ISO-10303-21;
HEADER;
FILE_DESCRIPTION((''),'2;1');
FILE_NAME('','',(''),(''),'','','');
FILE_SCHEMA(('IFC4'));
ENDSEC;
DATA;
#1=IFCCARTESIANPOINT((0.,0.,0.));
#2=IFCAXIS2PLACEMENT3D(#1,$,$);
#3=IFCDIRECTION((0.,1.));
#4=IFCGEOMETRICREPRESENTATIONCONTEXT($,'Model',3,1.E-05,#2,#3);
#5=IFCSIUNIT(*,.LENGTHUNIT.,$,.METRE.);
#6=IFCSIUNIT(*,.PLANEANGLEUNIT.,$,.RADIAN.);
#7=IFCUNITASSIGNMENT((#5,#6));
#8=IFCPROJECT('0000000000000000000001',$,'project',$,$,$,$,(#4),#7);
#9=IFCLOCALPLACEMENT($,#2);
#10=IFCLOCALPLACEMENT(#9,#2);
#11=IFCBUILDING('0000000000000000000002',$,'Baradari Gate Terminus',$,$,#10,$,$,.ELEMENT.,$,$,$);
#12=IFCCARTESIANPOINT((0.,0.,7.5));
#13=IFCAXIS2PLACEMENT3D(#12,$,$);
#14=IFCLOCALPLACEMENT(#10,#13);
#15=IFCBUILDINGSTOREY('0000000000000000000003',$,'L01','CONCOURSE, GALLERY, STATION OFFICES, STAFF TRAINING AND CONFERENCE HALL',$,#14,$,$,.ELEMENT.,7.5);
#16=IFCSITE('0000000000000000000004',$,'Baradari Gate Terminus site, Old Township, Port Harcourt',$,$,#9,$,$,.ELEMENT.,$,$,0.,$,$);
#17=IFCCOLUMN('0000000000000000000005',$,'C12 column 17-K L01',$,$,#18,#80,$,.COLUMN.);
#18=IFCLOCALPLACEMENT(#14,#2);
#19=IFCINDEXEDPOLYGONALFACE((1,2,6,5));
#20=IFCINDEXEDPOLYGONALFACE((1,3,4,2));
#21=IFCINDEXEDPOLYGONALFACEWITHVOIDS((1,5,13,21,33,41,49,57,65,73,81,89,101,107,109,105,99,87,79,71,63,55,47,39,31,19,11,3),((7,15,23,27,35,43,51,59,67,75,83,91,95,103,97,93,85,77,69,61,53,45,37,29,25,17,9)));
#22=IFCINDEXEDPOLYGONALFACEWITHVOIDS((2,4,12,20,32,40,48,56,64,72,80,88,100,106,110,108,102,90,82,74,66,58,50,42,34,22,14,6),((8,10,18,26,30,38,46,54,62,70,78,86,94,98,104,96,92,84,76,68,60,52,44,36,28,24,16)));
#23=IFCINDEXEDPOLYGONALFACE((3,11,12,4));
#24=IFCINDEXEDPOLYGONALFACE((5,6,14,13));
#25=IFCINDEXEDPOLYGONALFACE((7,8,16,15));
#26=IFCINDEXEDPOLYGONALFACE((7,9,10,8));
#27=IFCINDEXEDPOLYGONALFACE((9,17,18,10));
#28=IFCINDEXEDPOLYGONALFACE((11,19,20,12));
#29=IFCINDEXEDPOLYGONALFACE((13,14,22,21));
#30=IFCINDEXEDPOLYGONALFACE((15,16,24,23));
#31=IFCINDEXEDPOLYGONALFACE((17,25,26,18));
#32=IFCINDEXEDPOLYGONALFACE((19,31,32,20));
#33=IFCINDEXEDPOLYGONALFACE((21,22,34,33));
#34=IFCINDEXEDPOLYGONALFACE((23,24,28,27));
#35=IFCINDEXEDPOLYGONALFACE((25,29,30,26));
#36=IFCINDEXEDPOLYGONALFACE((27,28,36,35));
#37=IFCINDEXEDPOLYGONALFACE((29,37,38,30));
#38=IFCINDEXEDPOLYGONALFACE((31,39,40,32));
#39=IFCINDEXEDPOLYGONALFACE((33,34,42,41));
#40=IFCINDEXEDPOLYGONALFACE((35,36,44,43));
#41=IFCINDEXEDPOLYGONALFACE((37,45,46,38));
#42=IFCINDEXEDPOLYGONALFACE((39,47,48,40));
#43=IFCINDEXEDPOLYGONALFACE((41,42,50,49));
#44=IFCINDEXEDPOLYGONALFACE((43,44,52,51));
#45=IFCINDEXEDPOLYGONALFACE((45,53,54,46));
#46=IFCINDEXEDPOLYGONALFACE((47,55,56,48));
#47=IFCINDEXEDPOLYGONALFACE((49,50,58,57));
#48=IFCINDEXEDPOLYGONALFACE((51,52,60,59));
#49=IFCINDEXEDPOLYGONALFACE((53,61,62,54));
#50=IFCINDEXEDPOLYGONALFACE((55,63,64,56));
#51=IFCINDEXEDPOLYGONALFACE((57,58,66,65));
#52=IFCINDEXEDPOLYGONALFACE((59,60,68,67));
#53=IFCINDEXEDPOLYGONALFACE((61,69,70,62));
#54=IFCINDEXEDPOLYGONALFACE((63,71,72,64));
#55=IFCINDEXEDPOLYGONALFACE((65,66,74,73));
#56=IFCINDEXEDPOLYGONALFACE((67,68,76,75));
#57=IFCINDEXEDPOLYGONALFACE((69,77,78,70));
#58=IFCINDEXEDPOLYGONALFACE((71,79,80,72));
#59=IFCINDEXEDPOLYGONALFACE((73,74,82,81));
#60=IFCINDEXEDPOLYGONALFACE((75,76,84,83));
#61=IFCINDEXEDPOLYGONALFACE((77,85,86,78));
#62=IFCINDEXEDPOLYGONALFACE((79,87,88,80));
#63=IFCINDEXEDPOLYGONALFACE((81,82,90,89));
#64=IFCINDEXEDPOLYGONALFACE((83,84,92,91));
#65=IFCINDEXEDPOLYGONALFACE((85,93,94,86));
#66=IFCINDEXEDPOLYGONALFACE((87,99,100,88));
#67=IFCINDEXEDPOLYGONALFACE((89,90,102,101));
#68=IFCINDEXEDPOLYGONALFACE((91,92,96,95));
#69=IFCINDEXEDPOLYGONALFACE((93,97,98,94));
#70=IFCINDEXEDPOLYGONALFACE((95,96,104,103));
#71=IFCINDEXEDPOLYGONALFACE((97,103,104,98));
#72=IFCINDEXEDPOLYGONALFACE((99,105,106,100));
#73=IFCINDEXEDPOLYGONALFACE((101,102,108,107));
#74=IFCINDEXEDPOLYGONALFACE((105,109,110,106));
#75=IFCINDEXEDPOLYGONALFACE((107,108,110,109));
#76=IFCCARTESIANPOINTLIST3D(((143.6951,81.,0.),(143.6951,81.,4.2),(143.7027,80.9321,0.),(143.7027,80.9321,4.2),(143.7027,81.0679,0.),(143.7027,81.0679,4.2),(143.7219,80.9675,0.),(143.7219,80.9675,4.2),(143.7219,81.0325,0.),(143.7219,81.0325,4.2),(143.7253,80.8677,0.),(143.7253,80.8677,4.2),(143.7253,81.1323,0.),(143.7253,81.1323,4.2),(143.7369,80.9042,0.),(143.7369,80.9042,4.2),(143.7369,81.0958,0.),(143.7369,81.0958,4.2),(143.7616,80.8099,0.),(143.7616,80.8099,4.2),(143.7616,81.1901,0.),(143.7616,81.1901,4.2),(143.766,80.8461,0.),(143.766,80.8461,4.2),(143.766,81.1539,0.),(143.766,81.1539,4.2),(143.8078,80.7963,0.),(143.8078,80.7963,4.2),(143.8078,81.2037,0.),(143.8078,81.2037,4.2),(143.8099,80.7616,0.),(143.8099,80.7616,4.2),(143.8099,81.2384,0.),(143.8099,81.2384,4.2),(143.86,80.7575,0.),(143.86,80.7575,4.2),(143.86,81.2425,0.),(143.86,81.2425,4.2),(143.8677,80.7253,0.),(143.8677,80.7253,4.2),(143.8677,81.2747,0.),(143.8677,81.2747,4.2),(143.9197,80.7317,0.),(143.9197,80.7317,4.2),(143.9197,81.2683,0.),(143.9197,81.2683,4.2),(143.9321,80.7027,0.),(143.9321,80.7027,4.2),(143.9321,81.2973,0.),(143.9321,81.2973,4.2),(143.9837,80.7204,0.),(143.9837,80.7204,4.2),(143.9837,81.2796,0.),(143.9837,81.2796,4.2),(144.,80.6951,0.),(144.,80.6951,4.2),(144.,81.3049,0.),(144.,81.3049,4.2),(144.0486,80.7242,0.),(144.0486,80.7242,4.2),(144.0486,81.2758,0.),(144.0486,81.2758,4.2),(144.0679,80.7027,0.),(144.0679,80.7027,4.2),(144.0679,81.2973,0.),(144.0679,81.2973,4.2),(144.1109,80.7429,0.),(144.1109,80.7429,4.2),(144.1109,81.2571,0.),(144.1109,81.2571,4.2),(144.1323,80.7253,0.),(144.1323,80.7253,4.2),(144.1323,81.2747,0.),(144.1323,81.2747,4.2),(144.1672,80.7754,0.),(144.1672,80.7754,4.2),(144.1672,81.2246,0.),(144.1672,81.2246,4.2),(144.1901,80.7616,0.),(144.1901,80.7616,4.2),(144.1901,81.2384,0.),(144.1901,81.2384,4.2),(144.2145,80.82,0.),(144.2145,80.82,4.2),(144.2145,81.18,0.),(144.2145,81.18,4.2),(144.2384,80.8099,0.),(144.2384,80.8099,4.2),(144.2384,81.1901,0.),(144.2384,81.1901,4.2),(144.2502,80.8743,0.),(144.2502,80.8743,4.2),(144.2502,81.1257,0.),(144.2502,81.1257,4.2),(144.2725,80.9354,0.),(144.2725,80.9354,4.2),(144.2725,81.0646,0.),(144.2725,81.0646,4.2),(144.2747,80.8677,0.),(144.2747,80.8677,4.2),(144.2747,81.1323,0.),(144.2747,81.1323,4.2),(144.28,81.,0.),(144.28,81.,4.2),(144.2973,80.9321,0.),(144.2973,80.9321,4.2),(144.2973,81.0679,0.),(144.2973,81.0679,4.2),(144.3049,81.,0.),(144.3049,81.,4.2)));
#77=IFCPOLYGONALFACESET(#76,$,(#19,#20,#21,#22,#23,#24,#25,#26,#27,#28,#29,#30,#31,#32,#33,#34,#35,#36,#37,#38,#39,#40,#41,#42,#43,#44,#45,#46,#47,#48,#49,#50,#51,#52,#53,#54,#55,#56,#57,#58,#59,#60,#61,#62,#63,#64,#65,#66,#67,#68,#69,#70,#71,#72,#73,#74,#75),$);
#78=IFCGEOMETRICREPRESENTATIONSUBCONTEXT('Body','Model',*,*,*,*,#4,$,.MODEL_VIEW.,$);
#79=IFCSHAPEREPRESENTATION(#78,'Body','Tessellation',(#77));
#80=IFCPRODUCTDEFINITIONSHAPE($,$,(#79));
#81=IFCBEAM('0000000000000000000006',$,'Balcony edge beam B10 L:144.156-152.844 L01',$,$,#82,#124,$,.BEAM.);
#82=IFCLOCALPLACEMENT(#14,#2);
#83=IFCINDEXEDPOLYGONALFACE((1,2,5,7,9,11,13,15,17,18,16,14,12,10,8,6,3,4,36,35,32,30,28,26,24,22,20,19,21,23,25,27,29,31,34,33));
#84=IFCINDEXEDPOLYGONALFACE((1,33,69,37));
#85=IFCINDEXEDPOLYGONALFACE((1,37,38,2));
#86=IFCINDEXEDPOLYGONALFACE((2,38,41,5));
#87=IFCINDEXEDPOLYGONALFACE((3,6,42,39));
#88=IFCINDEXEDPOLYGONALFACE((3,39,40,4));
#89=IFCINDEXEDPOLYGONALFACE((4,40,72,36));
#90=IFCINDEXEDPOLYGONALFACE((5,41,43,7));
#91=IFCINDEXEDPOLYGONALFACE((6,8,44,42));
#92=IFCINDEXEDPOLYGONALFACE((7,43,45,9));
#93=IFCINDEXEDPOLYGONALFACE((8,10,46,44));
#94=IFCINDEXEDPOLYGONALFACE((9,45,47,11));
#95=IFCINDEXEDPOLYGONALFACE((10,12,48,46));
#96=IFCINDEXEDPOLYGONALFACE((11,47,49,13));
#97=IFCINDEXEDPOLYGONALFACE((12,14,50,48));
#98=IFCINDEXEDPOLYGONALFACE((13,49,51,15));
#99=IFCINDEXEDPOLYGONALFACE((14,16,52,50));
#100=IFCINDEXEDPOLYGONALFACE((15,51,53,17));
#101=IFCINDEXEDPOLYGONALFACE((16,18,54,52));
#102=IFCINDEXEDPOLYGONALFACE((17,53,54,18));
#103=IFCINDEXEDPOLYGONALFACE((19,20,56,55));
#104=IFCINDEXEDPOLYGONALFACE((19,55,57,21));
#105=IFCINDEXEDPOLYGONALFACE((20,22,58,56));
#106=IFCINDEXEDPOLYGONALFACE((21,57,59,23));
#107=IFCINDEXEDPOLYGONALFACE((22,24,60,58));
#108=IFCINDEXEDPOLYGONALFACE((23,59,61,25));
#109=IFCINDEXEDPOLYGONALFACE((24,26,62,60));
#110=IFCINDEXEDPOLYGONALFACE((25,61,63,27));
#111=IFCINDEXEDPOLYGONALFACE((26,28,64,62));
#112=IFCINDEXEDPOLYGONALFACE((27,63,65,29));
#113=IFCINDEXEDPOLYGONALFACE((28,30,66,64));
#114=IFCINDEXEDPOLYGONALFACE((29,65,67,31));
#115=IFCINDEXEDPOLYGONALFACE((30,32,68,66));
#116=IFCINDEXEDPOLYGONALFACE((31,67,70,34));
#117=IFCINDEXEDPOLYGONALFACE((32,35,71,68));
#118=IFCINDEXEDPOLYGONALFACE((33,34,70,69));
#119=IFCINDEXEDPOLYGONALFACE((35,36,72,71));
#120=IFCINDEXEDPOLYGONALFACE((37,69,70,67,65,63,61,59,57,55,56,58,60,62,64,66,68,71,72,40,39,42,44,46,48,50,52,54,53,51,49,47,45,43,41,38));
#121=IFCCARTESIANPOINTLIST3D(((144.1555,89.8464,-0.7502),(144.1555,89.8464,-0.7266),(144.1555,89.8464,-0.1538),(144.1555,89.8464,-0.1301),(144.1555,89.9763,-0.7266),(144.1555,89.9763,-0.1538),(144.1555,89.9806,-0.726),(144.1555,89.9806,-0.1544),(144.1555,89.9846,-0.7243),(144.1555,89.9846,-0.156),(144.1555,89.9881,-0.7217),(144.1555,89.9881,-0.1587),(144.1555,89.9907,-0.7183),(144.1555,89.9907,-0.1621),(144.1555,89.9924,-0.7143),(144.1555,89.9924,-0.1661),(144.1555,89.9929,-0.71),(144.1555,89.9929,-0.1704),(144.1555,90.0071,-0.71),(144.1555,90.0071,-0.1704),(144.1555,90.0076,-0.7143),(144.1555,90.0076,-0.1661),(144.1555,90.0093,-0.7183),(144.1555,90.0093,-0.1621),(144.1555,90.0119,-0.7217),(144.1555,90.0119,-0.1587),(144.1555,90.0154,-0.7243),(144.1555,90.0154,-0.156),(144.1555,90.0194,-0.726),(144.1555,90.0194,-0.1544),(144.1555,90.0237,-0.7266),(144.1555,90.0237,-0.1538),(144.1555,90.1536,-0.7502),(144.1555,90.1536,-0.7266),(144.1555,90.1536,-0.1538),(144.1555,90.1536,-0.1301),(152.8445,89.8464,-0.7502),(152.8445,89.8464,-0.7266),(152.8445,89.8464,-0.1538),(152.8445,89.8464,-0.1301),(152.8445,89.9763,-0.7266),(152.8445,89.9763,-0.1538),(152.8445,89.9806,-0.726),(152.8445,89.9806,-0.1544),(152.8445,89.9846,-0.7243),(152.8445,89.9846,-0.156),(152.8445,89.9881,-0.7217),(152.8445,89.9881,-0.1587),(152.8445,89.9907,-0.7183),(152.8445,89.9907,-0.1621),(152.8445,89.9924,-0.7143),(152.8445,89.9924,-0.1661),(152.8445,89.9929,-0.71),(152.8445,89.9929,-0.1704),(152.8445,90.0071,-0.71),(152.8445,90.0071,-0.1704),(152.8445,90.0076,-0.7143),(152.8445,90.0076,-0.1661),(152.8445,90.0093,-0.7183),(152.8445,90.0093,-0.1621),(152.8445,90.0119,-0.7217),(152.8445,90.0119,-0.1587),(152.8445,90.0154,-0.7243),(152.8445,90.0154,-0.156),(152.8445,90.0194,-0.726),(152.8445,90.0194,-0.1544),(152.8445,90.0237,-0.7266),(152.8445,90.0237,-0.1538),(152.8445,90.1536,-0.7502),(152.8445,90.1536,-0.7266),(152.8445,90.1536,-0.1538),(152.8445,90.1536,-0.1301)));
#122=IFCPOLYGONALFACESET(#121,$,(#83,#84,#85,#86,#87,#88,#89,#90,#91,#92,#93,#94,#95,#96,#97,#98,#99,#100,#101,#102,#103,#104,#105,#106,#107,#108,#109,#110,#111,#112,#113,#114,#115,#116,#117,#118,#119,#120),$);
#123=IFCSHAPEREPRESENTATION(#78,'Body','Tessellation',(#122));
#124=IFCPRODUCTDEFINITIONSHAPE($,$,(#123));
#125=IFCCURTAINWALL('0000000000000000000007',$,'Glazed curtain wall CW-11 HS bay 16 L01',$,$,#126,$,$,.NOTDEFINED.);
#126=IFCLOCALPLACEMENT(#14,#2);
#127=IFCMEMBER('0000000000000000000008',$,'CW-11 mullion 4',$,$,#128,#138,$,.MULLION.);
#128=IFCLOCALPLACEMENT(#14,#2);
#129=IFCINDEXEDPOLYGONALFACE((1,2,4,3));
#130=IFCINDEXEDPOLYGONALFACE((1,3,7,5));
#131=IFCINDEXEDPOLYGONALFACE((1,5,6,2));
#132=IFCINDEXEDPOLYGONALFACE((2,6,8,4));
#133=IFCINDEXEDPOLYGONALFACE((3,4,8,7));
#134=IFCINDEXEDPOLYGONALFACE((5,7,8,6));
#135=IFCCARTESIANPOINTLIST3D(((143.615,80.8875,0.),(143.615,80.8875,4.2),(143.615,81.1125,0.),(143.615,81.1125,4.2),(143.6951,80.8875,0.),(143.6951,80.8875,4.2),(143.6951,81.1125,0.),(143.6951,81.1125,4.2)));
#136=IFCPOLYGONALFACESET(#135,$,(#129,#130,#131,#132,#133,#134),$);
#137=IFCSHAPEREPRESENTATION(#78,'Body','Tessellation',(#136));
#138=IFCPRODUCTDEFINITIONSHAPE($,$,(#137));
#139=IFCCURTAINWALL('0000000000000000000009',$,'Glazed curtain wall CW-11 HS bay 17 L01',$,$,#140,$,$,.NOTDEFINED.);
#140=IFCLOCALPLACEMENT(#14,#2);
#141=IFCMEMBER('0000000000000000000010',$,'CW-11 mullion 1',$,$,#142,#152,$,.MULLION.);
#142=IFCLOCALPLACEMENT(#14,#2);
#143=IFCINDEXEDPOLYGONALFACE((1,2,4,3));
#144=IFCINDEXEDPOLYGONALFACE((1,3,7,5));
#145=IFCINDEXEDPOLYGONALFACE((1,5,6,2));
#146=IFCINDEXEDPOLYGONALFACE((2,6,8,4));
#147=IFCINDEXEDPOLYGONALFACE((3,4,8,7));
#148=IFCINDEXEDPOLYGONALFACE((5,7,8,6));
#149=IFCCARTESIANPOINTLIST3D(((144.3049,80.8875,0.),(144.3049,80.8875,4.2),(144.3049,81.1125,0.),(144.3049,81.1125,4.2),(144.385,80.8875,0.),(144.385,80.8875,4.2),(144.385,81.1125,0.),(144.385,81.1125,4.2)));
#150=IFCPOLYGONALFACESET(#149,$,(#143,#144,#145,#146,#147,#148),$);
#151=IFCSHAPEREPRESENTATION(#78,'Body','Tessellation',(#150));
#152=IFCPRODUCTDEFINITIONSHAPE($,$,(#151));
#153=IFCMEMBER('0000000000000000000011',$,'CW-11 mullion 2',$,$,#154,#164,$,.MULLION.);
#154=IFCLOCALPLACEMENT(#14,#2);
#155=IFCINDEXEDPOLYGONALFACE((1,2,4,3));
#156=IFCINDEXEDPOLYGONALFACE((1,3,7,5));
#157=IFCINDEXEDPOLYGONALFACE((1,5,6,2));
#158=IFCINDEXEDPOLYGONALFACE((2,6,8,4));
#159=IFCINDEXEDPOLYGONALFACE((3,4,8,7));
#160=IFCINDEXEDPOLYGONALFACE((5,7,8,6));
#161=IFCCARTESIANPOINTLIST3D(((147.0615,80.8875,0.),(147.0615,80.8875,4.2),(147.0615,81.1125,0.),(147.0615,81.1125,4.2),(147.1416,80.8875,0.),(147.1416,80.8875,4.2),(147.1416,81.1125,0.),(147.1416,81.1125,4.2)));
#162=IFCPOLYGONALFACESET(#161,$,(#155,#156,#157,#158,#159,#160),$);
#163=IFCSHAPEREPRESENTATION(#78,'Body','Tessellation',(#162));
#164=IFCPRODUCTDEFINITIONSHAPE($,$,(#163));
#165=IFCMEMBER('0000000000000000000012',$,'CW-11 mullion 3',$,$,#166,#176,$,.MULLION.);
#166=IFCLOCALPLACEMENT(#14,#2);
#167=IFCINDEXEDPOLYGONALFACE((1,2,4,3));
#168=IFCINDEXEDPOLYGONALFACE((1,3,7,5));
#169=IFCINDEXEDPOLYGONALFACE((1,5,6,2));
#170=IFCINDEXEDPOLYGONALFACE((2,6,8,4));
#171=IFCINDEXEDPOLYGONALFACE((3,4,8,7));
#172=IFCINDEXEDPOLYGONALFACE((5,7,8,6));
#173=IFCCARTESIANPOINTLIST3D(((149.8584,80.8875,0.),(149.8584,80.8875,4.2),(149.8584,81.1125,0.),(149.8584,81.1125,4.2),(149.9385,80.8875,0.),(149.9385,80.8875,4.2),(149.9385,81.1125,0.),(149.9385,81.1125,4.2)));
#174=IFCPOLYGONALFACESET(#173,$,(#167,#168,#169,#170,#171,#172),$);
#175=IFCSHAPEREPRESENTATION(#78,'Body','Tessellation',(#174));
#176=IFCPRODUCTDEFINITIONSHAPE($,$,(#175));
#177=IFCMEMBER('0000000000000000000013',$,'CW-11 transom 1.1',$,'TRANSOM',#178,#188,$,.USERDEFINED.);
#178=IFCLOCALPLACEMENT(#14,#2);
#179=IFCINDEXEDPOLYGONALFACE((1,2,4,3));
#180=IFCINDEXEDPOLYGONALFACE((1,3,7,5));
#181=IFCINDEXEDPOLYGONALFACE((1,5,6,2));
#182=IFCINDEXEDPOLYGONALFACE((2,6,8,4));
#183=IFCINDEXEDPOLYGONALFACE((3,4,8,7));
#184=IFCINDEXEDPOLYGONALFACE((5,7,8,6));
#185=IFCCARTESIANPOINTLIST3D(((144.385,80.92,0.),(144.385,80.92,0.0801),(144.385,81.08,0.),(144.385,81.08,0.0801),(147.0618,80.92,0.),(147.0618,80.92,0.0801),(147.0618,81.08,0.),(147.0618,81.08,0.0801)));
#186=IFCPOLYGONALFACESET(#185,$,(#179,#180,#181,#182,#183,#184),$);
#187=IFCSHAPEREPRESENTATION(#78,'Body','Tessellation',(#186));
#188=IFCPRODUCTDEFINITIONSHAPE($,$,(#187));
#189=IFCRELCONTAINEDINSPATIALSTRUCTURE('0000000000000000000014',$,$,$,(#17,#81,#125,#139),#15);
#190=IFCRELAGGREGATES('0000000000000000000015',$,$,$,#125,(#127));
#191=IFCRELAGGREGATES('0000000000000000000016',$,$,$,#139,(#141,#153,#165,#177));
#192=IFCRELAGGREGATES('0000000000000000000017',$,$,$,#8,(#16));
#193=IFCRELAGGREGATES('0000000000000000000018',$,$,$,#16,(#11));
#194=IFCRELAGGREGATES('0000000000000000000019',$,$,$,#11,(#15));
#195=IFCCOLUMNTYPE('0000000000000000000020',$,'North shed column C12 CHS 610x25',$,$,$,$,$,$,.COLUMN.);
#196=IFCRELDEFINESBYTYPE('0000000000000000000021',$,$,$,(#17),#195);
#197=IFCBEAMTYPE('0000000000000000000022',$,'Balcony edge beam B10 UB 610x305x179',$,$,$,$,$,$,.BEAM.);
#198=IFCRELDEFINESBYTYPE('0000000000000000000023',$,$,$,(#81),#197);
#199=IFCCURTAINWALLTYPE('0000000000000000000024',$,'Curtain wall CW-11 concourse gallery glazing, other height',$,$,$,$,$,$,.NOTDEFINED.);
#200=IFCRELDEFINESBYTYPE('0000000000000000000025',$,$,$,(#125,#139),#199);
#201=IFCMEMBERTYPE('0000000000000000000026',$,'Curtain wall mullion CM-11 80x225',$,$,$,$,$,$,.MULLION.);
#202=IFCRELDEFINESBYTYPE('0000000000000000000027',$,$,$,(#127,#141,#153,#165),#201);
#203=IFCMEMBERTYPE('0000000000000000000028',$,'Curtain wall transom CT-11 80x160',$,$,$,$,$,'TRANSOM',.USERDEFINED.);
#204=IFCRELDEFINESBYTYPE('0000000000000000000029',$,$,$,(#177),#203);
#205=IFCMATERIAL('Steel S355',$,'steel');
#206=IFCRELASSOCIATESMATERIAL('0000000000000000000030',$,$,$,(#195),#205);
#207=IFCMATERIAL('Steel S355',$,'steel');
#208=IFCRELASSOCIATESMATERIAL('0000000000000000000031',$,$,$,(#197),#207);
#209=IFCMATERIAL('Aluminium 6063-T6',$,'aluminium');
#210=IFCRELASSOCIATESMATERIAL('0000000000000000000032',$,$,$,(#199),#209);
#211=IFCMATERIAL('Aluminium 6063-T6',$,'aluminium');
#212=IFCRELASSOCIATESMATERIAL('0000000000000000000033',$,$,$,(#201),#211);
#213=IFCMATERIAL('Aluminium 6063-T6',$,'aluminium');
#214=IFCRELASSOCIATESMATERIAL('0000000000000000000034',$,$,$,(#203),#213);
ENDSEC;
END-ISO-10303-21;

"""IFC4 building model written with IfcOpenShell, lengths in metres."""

from ifc_helpers import new_model, si_unit, direction, frame, origin, origin_2d, place, context, subcontext, project, spatial, rectangle, hollow_circle, i_section, extrude, material, material_profile, profile_set, type_object, element, aggregate, save


model = new_model("IFC4")

# Units and contexts
model_context = context("Model", 3, precision=1e-05, world=origin(), true_north=direction((0.0, 1.0)))
body_context = subcontext(model_context, "Body", "Model", "MODEL_VIEW")
ifc_project = project(units=[si_unit("LENGTHUNIT", "METRE"), si_unit("PLANEANGLEUNIT", "RADIAN")], contexts=[model_context])

# Site, building, storey
site_placement = place(None, origin())
site = spatial("IfcSite", under=ifc_project, at=site_placement, Name="Baradari Gate Terminus site, Old Township, Port Harcourt", CompositionType="ELEMENT", RefElevation=0.0)
building_placement = place(site_placement, origin())
building = spatial("IfcBuilding", under=site, at=building_placement, Name="Baradari Gate Terminus", CompositionType="ELEMENT")
storey_placement = place(building_placement, frame((0.0, 0.0, 7.5)))
storey = spatial("IfcBuildingStorey", under=building, at=storey_placement, Name="L01", Description="CONCOURSE, GALLERY, STATION OFFICES, STAFF TRAINING AND CONFERENCE HALL", CompositionType="ELEMENT", Elevation=7.5)

# Column
ifc_material_1 = material(Name="Steel S355", Category="steel")
ifc_material_profile_1 = material_profile(ifc_material_1, hollow_circle(Radius=0.3049, WallThickness=0.0249, at=origin_2d()), Name="CHS 610x25")
ifc_profile_set_1 = profile_set([ifc_material_profile_1], Name="Steel S355")
column_type = type_object("IfcColumnType", Name="North shed column C12 CHS 610x25", PredefinedType="COLUMN", material=ifc_profile_set_1)
column_placement = place(storey_placement, frame((144.0, 81.0, 0.0), z_axis=(0.0, 0.0, 1.0), x_axis=(1.0, 0.0, 0.0)))
element("IfcColumn", 1, at=column_placement, inside=storey, type_object=column_type, Name="C12 column 17-K L01", PredefinedType="COLUMN", context=body_context, shape_type="SweptSolid", body=[
    extrude(hollow_circle(Radius=0.3049, WallThickness=0.0249, at=origin_2d()), origin(), (0.0, 0.0, 1.0), 4.2),
])

# Beam
ifc_material_2 = material(Name="Steel S355", Category="steel")
ifc_material_profile_2 = material_profile(ifc_material_2, i_section(OverallWidth=0.3071, OverallDepth=0.6201, WebThickness=0.0142, FlangeThickness=0.0237, FilletRadius=0.0166, at=origin_2d()), Name="UB 610x305x179")
ifc_profile_set_2 = profile_set([ifc_material_profile_2], Name="Steel S355")
beam_type_1 = type_object("IfcBeamType", Name="Balcony edge beam B10 UB 610x305x179", PredefinedType="BEAM", material=ifc_profile_set_2)
beam_1_placement = place(storey_placement, frame((144.1555, 90.0, -0.4402), z_axis=(1.0, 0.0, 0.0), x_axis=(0.0, 1.0, 0.0)))
element("IfcBeam", 2, at=beam_1_placement, inside=storey, type_object=beam_type_1, Name="Balcony edge beam B10 L:144.156-152.844 L01", PredefinedType="BEAM", context=body_context, shape_type="SweptSolid", body=[
    extrude(i_section(OverallWidth=0.3071, OverallDepth=0.6201, WebThickness=0.0142, FlangeThickness=0.0237, FilletRadius=0.0166, at=origin_2d()), origin(), (0.0, 0.0, 1.0), 8.689),
])

# Curtain wall, member
ifc_material_3 = material(Name="Aluminium 6063-T6", Category="aluminium")
curtain_wall_type = type_object("IfcCurtainWallType", Name="Curtain wall CW-11 concourse gallery glazing, other height", PredefinedType="NOTDEFINED", material=ifc_material_3)
curtain_wall_1_placement = place(storey_placement, origin())
curtain_wall_1 = element("IfcCurtainWall", 3, at=curtain_wall_1_placement, inside=storey, type_object=curtain_wall_type, Name="Glazed curtain wall CW-11 HS bay 16 L01", PredefinedType="NOTDEFINED")
ifc_material_4 = material(Name="Aluminium 6063-T6", Category="aluminium")
ifc_material_profile_3 = material_profile(ifc_material_4, rectangle(XDim=0.2251, YDim=0.0801, at=origin_2d()), Name="CM-11 80X225")
ifc_profile_set_3 = profile_set([ifc_material_profile_3], Name="Aluminium 6063-T6")
member_type_1 = type_object("IfcMemberType", Name="Curtain wall mullion CM-11 80x225", PredefinedType="MULLION", material=ifc_profile_set_3)
member_1_placement = place(storey_placement, frame((143.655, 81.0, 0.0), z_axis=(0.0, 0.0, 1.0), x_axis=(0.0, 1.0, 0.0)))
member_1 = element("IfcMember", 4, at=member_1_placement, type_object=member_type_1, Name="CW-11 mullion 4", PredefinedType="MULLION", context=body_context, shape_type="SweptSolid", body=[
    extrude(rectangle(XDim=0.2251, YDim=0.0801, at=origin_2d()), origin(), (0.0, 0.0, 1.0), 4.2),
])
aggregate(curtain_wall_1, [member_1])

# Curtain wall, members
curtain_wall_2_placement = place(storey_placement, origin())
curtain_wall_2 = element("IfcCurtainWall", 5, at=curtain_wall_2_placement, inside=storey, type_object=curtain_wall_type, Name="Glazed curtain wall CW-11 HS bay 17 L01", PredefinedType="NOTDEFINED")
member_2_placement = place(storey_placement, frame((144.345, 81.0, 0.0), z_axis=(0.0, 0.0, 1.0), x_axis=(0.0, 1.0, 0.0)))
member_2 = element("IfcMember", 6, at=member_2_placement, type_object=member_type_1, Name="CW-11 mullion 1", PredefinedType="MULLION", context=body_context, shape_type="SweptSolid", body=[
    extrude(rectangle(XDim=0.2251, YDim=0.0801, at=origin_2d()), origin(), (0.0, 0.0, 1.0), 4.2),
])
member_3_placement = place(storey_placement, frame((147.1016, 81.0, 0.0), z_axis=(0.0, 0.0, 1.0), x_axis=(0.0, 1.0, 0.0)))
member_3 = element("IfcMember", 7, at=member_3_placement, type_object=member_type_1, Name="CW-11 mullion 2", PredefinedType="MULLION", context=body_context, shape_type="SweptSolid", body=[
    extrude(rectangle(XDim=0.2251, YDim=0.0801, at=origin_2d()), origin(), (0.0, 0.0, 1.0), 4.2),
])
member_4_placement = place(storey_placement, frame((149.8984, 81.0, 0.0), z_axis=(0.0, 0.0, 1.0), x_axis=(0.0, 1.0, 0.0)))
member_4 = element("IfcMember", 8, at=member_4_placement, type_object=member_type_1, Name="CW-11 mullion 3", PredefinedType="MULLION", context=body_context, shape_type="SweptSolid", body=[
    extrude(rectangle(XDim=0.2251, YDim=0.0801, at=origin_2d()), origin(), (0.0, 0.0, 1.0), 4.2),
])
ifc_material_5 = material(Name="Aluminium 6063-T6", Category="aluminium")
ifc_material_profile_4 = material_profile(ifc_material_5, rectangle(XDim=0.1599, YDim=0.0801, at=origin_2d()), Name="CT-11 80X160")
ifc_profile_set_4 = profile_set([ifc_material_profile_4], Name="Aluminium 6063-T6")
member_type_2 = type_object("IfcMemberType", Name="Curtain wall transom CT-11 80x160", ElementType="TRANSOM", PredefinedType="USERDEFINED", material=ifc_profile_set_4)
member_5_placement = place(storey_placement, frame((144.385, 81.0, 0.04), z_axis=(1.0, 0.0, 0.0), x_axis=(0.0, 1.0, 0.0)))
member_5 = element("IfcMember", 9, at=member_5_placement, type_object=member_type_2, Name="CW-11 transom 1.1", ObjectType="TRANSOM", PredefinedType="USERDEFINED", context=body_context, shape_type="SweptSolid", body=[
    extrude(rectangle(XDim=0.1599, YDim=0.0801, at=origin_2d()), origin(), (0.0, 0.0, 1.0), 2.6768),
])

aggregate(curtain_wall_2, [member_2, member_3, member_4, member_5])

save(model, "model.ifc")
